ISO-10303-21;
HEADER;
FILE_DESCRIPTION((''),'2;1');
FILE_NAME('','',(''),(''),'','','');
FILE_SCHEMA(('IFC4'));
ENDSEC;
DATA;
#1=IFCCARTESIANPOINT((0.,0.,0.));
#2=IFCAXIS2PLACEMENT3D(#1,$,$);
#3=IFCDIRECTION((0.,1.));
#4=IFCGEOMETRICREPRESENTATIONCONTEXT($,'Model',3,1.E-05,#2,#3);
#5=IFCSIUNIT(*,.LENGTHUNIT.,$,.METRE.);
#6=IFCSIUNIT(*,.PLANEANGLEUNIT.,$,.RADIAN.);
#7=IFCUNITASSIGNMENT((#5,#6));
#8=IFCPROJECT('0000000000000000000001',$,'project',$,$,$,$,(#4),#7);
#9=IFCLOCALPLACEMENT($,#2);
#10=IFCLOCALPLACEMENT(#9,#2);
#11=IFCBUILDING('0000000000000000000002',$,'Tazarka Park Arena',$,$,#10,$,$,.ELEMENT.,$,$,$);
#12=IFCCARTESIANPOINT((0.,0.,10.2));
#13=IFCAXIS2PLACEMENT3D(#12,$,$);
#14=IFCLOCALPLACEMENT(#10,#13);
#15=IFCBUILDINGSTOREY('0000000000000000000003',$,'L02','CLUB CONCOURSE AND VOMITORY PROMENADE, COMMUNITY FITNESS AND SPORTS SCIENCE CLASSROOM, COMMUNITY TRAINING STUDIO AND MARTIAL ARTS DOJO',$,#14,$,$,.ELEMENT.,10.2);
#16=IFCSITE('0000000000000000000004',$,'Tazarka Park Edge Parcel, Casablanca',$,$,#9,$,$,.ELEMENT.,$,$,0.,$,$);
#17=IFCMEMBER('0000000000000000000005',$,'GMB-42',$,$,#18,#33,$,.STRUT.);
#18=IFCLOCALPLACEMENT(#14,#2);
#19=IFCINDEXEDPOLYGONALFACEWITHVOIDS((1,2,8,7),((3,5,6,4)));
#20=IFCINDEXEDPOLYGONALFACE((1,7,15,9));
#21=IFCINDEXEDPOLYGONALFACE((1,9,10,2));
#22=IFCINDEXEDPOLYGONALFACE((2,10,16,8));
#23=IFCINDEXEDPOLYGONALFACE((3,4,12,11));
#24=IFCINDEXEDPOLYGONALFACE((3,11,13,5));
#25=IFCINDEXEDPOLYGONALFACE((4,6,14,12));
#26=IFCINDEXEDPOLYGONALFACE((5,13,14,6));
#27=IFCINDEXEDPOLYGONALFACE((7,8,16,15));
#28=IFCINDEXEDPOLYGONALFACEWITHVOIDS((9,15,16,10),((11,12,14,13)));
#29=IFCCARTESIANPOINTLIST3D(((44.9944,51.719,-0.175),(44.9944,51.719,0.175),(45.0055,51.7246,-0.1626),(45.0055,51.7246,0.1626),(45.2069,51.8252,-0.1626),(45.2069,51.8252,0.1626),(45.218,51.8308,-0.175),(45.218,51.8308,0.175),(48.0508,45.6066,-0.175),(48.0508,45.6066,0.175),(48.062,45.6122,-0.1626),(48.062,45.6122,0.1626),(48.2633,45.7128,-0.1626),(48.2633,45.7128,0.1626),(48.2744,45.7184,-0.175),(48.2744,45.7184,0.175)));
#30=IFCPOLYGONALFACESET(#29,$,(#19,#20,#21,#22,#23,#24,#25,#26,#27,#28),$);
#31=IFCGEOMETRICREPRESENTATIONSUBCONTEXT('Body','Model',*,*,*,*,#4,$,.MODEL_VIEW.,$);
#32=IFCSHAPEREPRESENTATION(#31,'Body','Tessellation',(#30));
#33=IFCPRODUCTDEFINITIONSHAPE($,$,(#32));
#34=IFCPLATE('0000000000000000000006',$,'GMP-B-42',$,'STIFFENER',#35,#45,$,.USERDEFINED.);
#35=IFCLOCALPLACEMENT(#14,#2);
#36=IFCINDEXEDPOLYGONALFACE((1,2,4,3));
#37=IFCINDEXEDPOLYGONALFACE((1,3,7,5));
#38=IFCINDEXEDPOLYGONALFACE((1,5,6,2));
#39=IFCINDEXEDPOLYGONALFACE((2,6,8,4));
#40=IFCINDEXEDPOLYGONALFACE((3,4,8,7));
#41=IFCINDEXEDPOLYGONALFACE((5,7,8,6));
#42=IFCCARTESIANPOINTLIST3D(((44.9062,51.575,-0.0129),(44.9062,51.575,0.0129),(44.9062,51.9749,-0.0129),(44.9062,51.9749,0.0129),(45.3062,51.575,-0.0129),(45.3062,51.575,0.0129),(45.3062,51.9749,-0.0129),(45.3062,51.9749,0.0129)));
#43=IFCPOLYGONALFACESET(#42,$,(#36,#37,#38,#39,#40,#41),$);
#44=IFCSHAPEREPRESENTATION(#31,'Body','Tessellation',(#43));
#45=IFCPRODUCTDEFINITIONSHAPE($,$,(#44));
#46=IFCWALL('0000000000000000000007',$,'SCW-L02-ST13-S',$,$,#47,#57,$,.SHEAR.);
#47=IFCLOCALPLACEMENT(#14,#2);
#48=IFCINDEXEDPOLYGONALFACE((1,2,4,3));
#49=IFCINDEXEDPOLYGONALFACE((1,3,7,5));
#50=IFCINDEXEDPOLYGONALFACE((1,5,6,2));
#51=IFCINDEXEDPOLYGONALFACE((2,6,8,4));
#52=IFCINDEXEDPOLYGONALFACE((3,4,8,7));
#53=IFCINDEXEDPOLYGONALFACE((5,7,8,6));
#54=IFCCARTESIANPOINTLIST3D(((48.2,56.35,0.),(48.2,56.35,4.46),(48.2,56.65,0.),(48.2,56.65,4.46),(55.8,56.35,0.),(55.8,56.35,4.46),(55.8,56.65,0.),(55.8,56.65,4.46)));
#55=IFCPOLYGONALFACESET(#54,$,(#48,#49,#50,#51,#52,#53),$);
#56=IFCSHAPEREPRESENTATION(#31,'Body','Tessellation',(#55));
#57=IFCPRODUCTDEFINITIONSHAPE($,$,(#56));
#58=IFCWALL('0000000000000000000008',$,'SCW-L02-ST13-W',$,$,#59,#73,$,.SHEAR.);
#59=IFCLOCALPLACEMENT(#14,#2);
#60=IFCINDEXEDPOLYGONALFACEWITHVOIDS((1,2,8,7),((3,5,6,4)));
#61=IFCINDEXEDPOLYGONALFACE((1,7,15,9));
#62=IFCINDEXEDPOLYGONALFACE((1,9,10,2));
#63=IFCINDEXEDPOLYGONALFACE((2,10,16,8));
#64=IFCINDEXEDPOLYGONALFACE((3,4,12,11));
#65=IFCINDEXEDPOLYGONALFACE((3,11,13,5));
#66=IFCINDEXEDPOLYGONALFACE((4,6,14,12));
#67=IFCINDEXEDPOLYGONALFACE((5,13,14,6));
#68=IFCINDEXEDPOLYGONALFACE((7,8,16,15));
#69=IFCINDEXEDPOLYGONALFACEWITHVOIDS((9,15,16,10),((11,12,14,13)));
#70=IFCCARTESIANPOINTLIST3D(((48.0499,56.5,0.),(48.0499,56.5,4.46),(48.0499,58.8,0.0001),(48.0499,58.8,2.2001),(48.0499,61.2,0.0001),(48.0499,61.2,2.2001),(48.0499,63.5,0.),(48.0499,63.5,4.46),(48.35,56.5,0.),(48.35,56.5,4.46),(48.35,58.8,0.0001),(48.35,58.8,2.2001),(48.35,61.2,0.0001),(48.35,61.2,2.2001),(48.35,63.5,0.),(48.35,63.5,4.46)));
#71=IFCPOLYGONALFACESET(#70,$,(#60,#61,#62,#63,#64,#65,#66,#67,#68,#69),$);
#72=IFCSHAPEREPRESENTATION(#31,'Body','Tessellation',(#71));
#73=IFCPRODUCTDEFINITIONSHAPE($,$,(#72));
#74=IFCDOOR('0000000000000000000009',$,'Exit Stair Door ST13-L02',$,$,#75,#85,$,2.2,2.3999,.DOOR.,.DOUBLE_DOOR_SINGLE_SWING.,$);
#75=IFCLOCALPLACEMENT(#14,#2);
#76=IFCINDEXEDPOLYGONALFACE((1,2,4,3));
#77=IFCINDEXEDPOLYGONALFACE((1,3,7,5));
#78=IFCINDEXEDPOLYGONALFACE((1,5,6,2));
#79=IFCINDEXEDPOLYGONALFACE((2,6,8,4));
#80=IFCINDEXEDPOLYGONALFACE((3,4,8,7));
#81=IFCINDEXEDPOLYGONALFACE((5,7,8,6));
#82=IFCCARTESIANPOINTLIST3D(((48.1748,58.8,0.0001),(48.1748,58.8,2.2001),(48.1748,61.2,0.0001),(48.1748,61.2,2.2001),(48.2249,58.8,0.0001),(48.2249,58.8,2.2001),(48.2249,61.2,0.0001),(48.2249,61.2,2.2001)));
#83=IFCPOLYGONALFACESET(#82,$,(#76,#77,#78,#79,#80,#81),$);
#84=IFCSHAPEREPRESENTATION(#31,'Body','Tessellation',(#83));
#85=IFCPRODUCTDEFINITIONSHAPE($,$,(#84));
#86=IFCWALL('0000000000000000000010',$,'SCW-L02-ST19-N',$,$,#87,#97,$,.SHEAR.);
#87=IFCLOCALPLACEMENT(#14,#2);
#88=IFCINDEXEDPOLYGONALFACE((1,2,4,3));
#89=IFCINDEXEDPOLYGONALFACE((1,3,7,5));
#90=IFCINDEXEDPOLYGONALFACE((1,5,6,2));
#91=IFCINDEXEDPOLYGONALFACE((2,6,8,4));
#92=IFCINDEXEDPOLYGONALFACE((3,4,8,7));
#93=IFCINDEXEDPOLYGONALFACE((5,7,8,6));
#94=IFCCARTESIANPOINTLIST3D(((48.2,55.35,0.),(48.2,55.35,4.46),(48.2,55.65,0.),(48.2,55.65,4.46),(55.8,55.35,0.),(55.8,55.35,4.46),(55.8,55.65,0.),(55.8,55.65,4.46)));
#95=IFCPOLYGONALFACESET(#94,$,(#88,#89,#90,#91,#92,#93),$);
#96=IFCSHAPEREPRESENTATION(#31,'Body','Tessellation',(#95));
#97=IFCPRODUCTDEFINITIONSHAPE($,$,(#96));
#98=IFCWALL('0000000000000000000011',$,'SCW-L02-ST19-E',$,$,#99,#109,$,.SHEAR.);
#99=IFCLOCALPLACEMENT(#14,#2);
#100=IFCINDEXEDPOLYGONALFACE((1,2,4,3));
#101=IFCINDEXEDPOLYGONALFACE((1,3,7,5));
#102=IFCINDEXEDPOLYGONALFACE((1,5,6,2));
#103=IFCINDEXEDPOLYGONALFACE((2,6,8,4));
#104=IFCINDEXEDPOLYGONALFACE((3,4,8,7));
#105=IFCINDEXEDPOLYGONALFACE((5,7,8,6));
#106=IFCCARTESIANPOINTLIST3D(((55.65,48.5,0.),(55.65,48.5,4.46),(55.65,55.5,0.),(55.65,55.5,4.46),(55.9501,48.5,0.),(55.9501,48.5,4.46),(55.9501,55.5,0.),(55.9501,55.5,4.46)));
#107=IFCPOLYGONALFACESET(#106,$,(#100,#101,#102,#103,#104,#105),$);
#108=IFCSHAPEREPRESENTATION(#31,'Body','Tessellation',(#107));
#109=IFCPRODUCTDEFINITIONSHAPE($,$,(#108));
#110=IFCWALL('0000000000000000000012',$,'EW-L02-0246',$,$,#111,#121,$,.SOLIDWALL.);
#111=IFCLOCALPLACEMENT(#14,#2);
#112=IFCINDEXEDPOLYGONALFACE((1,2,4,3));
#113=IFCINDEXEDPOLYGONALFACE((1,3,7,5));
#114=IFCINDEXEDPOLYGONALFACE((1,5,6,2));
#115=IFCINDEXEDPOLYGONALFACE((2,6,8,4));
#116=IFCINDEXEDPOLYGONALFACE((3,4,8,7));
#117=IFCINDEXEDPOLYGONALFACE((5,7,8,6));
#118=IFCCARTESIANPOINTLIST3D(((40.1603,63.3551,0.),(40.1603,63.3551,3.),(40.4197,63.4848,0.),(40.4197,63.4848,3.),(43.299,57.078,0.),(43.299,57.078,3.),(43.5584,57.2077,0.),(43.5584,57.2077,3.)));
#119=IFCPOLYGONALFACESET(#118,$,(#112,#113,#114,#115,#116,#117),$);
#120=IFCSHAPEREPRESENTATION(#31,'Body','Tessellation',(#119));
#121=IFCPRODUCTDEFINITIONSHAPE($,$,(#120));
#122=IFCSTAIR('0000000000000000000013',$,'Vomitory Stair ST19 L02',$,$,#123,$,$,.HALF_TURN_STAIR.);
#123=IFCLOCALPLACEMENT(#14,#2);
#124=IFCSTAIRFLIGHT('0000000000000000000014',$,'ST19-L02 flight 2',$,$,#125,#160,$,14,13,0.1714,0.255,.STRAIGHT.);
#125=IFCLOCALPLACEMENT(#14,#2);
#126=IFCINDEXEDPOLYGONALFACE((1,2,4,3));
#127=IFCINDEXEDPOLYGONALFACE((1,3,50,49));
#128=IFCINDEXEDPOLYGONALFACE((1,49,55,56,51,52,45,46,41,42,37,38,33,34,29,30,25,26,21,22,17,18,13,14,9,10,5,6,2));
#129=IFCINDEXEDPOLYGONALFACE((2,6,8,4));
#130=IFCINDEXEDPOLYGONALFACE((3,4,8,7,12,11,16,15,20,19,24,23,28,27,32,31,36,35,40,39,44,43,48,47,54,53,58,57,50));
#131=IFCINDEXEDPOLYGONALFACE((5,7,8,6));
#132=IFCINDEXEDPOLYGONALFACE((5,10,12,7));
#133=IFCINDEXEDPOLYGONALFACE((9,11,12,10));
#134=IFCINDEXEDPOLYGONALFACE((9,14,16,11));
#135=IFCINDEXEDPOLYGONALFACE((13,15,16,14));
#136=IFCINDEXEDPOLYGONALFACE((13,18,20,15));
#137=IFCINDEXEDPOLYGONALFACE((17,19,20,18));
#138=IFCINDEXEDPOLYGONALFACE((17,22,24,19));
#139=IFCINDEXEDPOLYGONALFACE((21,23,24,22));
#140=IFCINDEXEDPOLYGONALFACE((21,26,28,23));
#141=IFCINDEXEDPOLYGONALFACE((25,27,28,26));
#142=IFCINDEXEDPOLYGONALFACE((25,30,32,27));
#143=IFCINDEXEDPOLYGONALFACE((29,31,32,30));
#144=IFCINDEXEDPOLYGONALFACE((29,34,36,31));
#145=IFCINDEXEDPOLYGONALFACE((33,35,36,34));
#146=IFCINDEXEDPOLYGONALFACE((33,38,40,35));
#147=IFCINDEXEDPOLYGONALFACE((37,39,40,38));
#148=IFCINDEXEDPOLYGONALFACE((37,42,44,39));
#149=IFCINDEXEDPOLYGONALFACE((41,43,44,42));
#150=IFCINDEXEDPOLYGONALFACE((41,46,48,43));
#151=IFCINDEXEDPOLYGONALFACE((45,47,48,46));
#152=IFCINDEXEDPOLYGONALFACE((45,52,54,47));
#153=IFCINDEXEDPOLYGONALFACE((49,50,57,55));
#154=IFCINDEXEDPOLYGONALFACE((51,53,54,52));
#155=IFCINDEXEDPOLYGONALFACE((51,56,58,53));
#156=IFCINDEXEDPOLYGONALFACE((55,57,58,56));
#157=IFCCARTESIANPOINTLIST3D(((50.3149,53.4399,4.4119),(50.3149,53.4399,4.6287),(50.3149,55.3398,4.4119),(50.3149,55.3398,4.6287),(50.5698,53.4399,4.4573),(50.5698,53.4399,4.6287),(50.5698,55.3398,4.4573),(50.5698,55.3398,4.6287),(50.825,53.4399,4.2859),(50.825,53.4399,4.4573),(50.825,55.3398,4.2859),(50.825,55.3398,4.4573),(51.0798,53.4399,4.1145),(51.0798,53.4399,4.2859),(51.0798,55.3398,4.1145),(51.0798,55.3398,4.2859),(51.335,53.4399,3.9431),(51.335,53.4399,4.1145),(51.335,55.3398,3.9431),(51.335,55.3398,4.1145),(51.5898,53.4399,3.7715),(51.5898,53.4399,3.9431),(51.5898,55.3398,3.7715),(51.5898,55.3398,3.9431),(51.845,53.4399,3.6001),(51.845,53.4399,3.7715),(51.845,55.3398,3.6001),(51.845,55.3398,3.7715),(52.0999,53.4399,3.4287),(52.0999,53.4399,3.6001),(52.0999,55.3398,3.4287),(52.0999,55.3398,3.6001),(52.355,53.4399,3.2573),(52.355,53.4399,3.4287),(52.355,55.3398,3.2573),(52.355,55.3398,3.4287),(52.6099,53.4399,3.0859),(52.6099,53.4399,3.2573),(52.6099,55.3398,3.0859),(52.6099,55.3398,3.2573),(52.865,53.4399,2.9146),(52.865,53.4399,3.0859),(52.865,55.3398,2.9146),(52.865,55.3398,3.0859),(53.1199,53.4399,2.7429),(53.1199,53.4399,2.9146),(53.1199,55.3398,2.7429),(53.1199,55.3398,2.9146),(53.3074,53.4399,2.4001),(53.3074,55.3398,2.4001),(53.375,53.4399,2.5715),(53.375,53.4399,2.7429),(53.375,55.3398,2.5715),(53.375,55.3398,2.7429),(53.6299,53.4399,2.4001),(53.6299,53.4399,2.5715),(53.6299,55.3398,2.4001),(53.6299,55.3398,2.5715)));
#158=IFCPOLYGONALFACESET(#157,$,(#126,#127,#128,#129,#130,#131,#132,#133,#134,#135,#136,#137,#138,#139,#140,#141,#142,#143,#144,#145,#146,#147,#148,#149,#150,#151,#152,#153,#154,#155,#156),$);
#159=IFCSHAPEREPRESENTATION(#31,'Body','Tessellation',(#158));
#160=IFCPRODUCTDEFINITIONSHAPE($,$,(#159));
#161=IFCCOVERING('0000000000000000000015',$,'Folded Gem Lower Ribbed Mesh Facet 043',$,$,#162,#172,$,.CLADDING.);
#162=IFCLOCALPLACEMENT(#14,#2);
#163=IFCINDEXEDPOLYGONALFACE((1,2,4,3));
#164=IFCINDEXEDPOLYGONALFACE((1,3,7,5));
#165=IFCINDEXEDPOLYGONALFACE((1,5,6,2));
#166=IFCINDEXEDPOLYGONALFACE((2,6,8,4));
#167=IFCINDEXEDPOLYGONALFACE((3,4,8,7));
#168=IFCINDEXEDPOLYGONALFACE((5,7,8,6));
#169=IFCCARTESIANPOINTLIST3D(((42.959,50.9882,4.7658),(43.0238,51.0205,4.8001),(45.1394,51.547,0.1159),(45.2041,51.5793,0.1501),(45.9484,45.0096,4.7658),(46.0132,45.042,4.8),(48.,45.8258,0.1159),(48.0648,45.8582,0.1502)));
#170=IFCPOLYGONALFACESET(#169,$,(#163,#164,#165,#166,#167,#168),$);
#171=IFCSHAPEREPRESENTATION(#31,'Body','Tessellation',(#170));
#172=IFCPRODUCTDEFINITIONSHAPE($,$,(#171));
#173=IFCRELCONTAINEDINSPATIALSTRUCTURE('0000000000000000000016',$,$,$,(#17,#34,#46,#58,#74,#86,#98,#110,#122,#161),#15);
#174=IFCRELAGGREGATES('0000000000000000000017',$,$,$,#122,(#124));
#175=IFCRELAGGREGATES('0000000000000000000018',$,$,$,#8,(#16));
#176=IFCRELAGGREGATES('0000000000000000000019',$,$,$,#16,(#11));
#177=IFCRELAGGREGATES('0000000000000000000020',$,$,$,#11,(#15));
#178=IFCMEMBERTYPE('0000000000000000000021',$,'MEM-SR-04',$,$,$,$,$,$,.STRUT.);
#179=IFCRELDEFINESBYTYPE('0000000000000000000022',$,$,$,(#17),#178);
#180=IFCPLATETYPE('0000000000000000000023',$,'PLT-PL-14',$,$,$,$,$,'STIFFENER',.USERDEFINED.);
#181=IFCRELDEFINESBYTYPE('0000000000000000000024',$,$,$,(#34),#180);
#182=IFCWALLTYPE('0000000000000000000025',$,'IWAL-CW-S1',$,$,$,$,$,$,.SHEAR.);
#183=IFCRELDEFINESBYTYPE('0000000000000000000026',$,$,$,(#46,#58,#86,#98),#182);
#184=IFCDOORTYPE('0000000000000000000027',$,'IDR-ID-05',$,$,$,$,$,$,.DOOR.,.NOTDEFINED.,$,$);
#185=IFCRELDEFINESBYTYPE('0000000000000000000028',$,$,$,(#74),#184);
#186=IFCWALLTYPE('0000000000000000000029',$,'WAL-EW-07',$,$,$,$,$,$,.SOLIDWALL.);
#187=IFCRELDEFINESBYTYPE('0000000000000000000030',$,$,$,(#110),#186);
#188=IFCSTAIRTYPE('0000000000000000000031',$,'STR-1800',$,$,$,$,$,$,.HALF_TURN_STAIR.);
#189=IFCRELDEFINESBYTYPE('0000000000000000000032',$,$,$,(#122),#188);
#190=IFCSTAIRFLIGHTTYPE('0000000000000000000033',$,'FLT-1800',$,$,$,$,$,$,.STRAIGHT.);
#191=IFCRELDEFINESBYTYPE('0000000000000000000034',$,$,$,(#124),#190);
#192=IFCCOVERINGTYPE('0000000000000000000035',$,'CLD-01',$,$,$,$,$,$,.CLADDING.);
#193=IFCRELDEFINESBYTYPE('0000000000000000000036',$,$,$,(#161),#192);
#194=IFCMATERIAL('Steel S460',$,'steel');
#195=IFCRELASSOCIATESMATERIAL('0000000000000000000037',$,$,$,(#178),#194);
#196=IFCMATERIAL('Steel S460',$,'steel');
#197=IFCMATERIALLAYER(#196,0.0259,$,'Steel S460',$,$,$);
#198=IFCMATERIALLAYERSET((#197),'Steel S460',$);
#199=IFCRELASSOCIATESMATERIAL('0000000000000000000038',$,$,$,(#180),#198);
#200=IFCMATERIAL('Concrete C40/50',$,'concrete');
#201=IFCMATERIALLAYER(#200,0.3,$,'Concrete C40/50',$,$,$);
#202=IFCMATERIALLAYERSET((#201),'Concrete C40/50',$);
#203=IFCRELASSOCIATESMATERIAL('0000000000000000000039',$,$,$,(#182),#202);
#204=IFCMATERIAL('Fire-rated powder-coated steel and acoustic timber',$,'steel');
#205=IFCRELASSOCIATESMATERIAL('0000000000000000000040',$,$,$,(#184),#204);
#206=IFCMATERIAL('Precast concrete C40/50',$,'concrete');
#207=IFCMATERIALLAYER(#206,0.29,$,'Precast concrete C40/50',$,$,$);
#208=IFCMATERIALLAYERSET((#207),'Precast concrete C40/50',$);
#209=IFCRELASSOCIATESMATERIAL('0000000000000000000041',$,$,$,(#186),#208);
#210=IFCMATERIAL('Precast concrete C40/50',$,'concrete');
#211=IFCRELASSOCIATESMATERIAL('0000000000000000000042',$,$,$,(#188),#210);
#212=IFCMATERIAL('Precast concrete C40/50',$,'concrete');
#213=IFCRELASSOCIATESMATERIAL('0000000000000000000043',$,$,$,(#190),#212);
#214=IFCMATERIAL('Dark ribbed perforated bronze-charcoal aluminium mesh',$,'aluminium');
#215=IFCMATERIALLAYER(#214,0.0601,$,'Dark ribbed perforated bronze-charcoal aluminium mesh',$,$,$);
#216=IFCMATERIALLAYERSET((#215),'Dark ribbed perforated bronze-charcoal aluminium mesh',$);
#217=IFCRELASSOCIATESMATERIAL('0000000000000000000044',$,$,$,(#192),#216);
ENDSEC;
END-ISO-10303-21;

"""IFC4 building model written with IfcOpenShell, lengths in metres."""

from ifc_helpers import new_model, si_unit, direction, frame, frame_2d, origin, origin_2d, place, context, subcontext, project, spatial, polyline, rectangle, hollow_rectangle, outline, extrude, material, layer, layer_set, material_profile, profile_set, type_object, element, fill, aggregate, save


model = new_model("IFC4")

# Units and contexts
model_context = context("Model", 3, precision=1e-05, world=origin(), true_north=direction((0.0, 1.0)))
body_context = subcontext(model_context, "Body", "Model", "MODEL_VIEW")
ifc_project = project(units=[si_unit("LENGTHUNIT", "METRE"), si_unit("PLANEANGLEUNIT", "RADIAN")], contexts=[model_context])

# Site, building, storey
site_placement = place(None, origin())
site = spatial("IfcSite", under=ifc_project, at=site_placement, Name="Tazarka Park Edge Parcel, Casablanca", CompositionType="ELEMENT", RefElevation=0.0)
building_placement = place(site_placement, origin())
building = spatial("IfcBuilding", under=site, at=building_placement, Name="Tazarka Park Arena", CompositionType="ELEMENT")
storey_placement = place(building_placement, frame((0.0, 0.0, 10.2)))
storey = spatial("IfcBuildingStorey", under=building, at=storey_placement, Name="L02", Description="CLUB CONCOURSE AND VOMITORY PROMENADE, COMMUNITY FITNESS AND SPORTS SCIENCE CLASSROOM, COMMUNITY TRAINING STUDIO AND MARTIAL ARTS DOJO", CompositionType="ELEMENT", Elevation=10.2)

# Member
ifc_material_1 = material(Name="Steel S460", Category="steel")
ifc_material_profile_1 = material_profile(ifc_material_1, hollow_rectangle(XDim=0.25, YDim=0.3501, WallThickness=0.0125, at=origin_2d()), Name="Steel S460")
ifc_profile_set_1 = profile_set([ifc_material_profile_1], Name="Steel S460")
member_type_1 = type_object("IfcMemberType", Name="MEM-SR-04", PredefinedType="STRUT", material=ifc_profile_set_1)
member_1_placement = place(storey_placement, frame((45.1062, 51.7749, 0.0), z_axis=(0.447242, -0.894413, 0.0), x_axis=(0.894413, 0.447242, 0.0)))
element("IfcMember", 1, at=member_1_placement, inside=storey, type_object=member_type_1, Name="GMB-42", PredefinedType="STRUT", context=body_context, shape_type="SweptSolid", body=[
    extrude(hollow_rectangle(XDim=0.25, YDim=0.3501, WallThickness=0.0125, at=origin_2d()), origin(), (0.0, 0.0, 1.0), 6.834),
])

# Plate
ifc_material_2 = material(Name="Steel S460", Category="steel")
ifc_layer_1 = layer(ifc_material_2, 0.0259, Name="Steel S460")
ifc_layer_set_1 = layer_set([ifc_layer_1], Name="Steel S460")
plate_type = type_object("IfcPlateType", Name="PLT-PL-14", ElementType="STIFFENER", PredefinedType="USERDEFINED", material=ifc_layer_set_1)
plate_placement = place(storey_placement, frame((45.1062, 51.7749, -0.0129), z_axis=(0.0, 0.0, 1.0), x_axis=(1.0, 0.0, 0.0)))
element("IfcPlate", 2, at=plate_placement, inside=storey, type_object=plate_type, Name="GMP-B-42", ObjectType="STIFFENER", PredefinedType="USERDEFINED", context=body_context, shape_type="SweptSolid", body=[
    extrude(rectangle(XDim=0.3999, YDim=0.3999, at=origin_2d()), origin(), (0.0, 0.0, 1.0), 0.0259),
])

# Wall
ifc_material_3 = material(Name="Concrete C40/50", Category="concrete")
ifc_layer_2 = layer(ifc_material_3, 0.3, Name="Concrete C40/50")
ifc_layer_set_2 = layer_set([ifc_layer_2], Name="Concrete C40/50")
wall_type_1 = type_object("IfcWallType", Name="IWAL-CW-S1", PredefinedType="SHEAR", material=ifc_layer_set_2)
wall_1_placement = place(storey_placement, frame((55.8, 56.5, 0.0), z_axis=(0.0, 0.0, 1.0), x_axis=(-1.0, 0.0, 0.0)))
element("IfcWall", 3, at=wall_1_placement, inside=storey, type_object=wall_type_1, Name="SCW-L02-ST13-S", PredefinedType="SHEAR", context=body_context, shape_type="SweptSolid", body=[
    extrude(rectangle(XDim=7.6001, YDim=0.3, at=frame_2d((3.8, 0.0))), origin(), (0.0, 0.0, 1.0), 4.46),
])

# Wall, opening, door
wall_2_placement = place(storey_placement, frame((48.2, 56.5, 0.0), z_axis=(0.0, 0.0, 1.0), x_axis=(0.0, 1.0, 0.0)))
wall_2 = element("IfcWall", 4, at=wall_2_placement, inside=storey, type_object=wall_type_1, Name="SCW-L02-ST13-W", PredefinedType="SHEAR", context=body_context, shape_type="SweptSolid", body=[
    extrude(rectangle(XDim=7.0, YDim=0.3, at=frame_2d((3.5, 0.0))), origin(), (0.0, 0.0, 1.0), 4.46),
])
opening_placement = place(wall_2_placement, frame((2.3, 0.0, 0.0)))
opening = element("IfcOpeningElement", 5, at=opening_placement, cuts=wall_2, PredefinedType="OPENING", context=body_context, shape_type="SweptSolid", body=[
    extrude(rectangle(XDim=2.3999, YDim=2.2, at=frame_2d((1.2, 1.1001))), frame((0.0, 0.1602, 0.0), z_axis=(0.0, -1.0, 0.0), x_axis=(1.0, 0.0, 0.0)), (0.0, 0.0, 1.0), 0.3201),
])
ifc_material_4 = material(Name="Fire-rated powder-coated steel and acoustic timber", Category="steel")
door_type = type_object("IfcDoorType", Name="IDR-ID-05", OperationType="NOTDEFINED", PredefinedType="DOOR", material=ifc_material_4)
door_placement = place(opening_placement, frame((2.3999, 0.0, 0.0), z_axis=(0.0, 0.0, 1.0), x_axis=(-1.0, 0.0, 0.0)))
door = element("IfcDoor", 6, at=door_placement, inside=storey, type_object=door_type, Name="Exit Stair Door ST13-L02", OperationType="DOUBLE_DOOR_SINGLE_SWING", OverallHeight=2.2, OverallWidth=2.3999, PredefinedType="DOOR", context=body_context, shape_type="SweptSolid", body=[
    extrude(rectangle(XDim=2.3999, YDim=2.2, at=frame_2d((1.2, 1.1001))), frame((0.0, 0.0249, 0.0), z_axis=(0.0, -1.0, 0.0), x_axis=(1.0, 0.0, 0.0)), (0.0, 0.0, 1.0), 0.05),
])
fill(opening, door)

# Walls
wall_3_placement = place(storey_placement, frame((48.2, 55.5, 0.0), z_axis=(0.0, 0.0, 1.0), x_axis=(1.0, 0.0, 0.0)))
element("IfcWall", 7, at=wall_3_placement, inside=storey, type_object=wall_type_1, Name="SCW-L02-ST19-N", PredefinedType="SHEAR", context=body_context, shape_type="SweptSolid", body=[
    extrude(rectangle(XDim=7.6001, YDim=0.3, at=frame_2d((3.8, 0.0))), origin(), (0.0, 0.0, 1.0), 4.46),
])
wall_4_placement = place(storey_placement, frame((55.8, 55.5, 0.0), z_axis=(0.0, 0.0, 1.0), x_axis=(0.0, -1.0, 0.0)))
element("IfcWall", 8, at=wall_4_placement, inside=storey, type_object=wall_type_1, Name="SCW-L02-ST19-E", PredefinedType="SHEAR", context=body_context, shape_type="SweptSolid", body=[
    extrude(rectangle(XDim=7.0, YDim=0.3, at=frame_2d((3.5, 0.0))), origin(), (0.0, 0.0, 1.0), 4.46),
])
ifc_material_5 = material(Name="Precast concrete C40/50", Category="concrete")
ifc_layer_3 = layer(ifc_material_5, 0.29, Name="Precast concrete C40/50")
ifc_layer_set_3 = layer_set([ifc_layer_3], Name="Precast concrete C40/50")
wall_type_2 = type_object("IfcWallType", Name="WAL-EW-07", PredefinedType="SOLIDWALL", material=ifc_layer_set_3)
wall_5_placement = place(storey_placement, frame((43.4287, 57.1428, 0.0), z_axis=(0.0, 0.0, 1.0), x_axis=(-0.447228, 0.89442, 0.0)))
element("IfcWall", 9, at=wall_5_placement, inside=storey, type_object=wall_type_2, Name="EW-L02-0246", PredefinedType="SOLIDWALL", context=body_context, shape_type="SweptSolid", body=[
    extrude(rectangle(XDim=7.0181, YDim=0.29, at=frame_2d((3.509, 0.0))), origin(), (0.0, 0.0, 1.0), 3.0),
])

# Stair, stair flight
ifc_material_6 = material(Name="Precast concrete C40/50", Category="concrete")
stair_type = type_object("IfcStairType", Name="STR-1800", PredefinedType="HALF_TURN_STAIR", material=ifc_material_6)
stair_placement = place(storey_placement, origin())
stair = element("IfcStair", 10, at=stair_placement, inside=storey, type_object=stair_type, Name="Vomitory Stair ST19 L02", PredefinedType="HALF_TURN_STAIR")
ifc_material_7 = material(Name="Precast concrete C40/50", Category="concrete")
stair_flight_type = type_object("IfcStairFlightType", Name="FLT-1800", PredefinedType="STRAIGHT", material=ifc_material_7)
stair_flight_placement = place(storey_placement, frame((53.6299, 54.3899, 2.4001), z_axis=(0.0, 0.0, 1.0), x_axis=(-1.0, 0.0, 0.0)))
stair_flight = element("IfcStairFlight", 11, at=stair_flight_placement, type_object=stair_flight_type, Name="ST19-L02 flight 2", NumberOfRisers=14, NumberOfTreads=13, PredefinedType="STRAIGHT", RiserHeight=0.1714, TreadLength=0.255, context=body_context, shape_type="SweptSolid", body=[
    extrude(outline(polyline([(0.0, 0.0), (0.0, 0.1714), (0.2549, 0.1714), (0.2549, 0.3428), (0.51, 0.3428), (0.51, 0.5144), (0.7649, 0.5144), (0.7649, 0.6858), (1.02, 0.6858), (1.02, 0.8572), (1.2749, 0.8572), (1.2749, 1.0286), (1.53, 1.0286), (1.53, 1.2), (1.7849, 1.2), (1.7849, 1.3713), (2.04, 1.3713), (2.04, 1.543), (2.2949, 1.543), (2.2949, 1.7144), (2.55, 1.7144), (2.55, 1.8857), (2.8049, 1.8857), (2.8049, 2.0571), (3.0601, 2.0571), (3.0601, 2.2285), (3.3149, 2.2285), (3.3149, 2.3999), (3.3149, 2.0117), (0.3225, 0.0), (0.0, 0.0)])), frame((0.0, 0.95, 0.0), z_axis=(0.0, -1.0, 0.0), x_axis=(1.0, 0.0, 0.0)), (0.0, 0.0, 1.0), 1.8999),
])
aggregate(stair, [stair_flight])

# Covering
ifc_material_8 = material(Name="Dark ribbed perforated bronze-charcoal aluminium mesh", Category="aluminium")
ifc_layer_4 = layer(ifc_material_8, 0.0601, Name="Dark ribbed perforated bronze-charcoal aluminium mesh")
ifc_layer_set_4 = layer_set([ifc_layer_4], Name="Dark ribbed perforated bronze-charcoal aluminium mesh")
covering_type = type_object("IfcCoveringType", Name="CLD-01", PredefinedType="CLADDING", material=ifc_layer_set_4)
covering_1_placement = place(storey_placement, frame((45.2041, 51.5793, 0.1501), z_axis=(0.808493, 0.404263, 0.427681), x_axis=(0.447226, -0.894421, 0.000006)))
element("IfcCovering", 12, at=covering_1_placement, inside=storey, type_object=covering_type, Name="Folded Gem Lower Ribbed Mesh Facet 043", PredefinedType="CLADDING", context=body_context, shape_type="SweptSolid", body=[
    extrude(outline(polyline([(0.0, 0.0), (6.3965, 0.0), (6.209, -5.1441), (-0.4753, -5.1441), (0.0, 0.0)])), origin(), (0.0, 0.0, -1.0), 0.0801),
])

save(model, "model.ifc")
